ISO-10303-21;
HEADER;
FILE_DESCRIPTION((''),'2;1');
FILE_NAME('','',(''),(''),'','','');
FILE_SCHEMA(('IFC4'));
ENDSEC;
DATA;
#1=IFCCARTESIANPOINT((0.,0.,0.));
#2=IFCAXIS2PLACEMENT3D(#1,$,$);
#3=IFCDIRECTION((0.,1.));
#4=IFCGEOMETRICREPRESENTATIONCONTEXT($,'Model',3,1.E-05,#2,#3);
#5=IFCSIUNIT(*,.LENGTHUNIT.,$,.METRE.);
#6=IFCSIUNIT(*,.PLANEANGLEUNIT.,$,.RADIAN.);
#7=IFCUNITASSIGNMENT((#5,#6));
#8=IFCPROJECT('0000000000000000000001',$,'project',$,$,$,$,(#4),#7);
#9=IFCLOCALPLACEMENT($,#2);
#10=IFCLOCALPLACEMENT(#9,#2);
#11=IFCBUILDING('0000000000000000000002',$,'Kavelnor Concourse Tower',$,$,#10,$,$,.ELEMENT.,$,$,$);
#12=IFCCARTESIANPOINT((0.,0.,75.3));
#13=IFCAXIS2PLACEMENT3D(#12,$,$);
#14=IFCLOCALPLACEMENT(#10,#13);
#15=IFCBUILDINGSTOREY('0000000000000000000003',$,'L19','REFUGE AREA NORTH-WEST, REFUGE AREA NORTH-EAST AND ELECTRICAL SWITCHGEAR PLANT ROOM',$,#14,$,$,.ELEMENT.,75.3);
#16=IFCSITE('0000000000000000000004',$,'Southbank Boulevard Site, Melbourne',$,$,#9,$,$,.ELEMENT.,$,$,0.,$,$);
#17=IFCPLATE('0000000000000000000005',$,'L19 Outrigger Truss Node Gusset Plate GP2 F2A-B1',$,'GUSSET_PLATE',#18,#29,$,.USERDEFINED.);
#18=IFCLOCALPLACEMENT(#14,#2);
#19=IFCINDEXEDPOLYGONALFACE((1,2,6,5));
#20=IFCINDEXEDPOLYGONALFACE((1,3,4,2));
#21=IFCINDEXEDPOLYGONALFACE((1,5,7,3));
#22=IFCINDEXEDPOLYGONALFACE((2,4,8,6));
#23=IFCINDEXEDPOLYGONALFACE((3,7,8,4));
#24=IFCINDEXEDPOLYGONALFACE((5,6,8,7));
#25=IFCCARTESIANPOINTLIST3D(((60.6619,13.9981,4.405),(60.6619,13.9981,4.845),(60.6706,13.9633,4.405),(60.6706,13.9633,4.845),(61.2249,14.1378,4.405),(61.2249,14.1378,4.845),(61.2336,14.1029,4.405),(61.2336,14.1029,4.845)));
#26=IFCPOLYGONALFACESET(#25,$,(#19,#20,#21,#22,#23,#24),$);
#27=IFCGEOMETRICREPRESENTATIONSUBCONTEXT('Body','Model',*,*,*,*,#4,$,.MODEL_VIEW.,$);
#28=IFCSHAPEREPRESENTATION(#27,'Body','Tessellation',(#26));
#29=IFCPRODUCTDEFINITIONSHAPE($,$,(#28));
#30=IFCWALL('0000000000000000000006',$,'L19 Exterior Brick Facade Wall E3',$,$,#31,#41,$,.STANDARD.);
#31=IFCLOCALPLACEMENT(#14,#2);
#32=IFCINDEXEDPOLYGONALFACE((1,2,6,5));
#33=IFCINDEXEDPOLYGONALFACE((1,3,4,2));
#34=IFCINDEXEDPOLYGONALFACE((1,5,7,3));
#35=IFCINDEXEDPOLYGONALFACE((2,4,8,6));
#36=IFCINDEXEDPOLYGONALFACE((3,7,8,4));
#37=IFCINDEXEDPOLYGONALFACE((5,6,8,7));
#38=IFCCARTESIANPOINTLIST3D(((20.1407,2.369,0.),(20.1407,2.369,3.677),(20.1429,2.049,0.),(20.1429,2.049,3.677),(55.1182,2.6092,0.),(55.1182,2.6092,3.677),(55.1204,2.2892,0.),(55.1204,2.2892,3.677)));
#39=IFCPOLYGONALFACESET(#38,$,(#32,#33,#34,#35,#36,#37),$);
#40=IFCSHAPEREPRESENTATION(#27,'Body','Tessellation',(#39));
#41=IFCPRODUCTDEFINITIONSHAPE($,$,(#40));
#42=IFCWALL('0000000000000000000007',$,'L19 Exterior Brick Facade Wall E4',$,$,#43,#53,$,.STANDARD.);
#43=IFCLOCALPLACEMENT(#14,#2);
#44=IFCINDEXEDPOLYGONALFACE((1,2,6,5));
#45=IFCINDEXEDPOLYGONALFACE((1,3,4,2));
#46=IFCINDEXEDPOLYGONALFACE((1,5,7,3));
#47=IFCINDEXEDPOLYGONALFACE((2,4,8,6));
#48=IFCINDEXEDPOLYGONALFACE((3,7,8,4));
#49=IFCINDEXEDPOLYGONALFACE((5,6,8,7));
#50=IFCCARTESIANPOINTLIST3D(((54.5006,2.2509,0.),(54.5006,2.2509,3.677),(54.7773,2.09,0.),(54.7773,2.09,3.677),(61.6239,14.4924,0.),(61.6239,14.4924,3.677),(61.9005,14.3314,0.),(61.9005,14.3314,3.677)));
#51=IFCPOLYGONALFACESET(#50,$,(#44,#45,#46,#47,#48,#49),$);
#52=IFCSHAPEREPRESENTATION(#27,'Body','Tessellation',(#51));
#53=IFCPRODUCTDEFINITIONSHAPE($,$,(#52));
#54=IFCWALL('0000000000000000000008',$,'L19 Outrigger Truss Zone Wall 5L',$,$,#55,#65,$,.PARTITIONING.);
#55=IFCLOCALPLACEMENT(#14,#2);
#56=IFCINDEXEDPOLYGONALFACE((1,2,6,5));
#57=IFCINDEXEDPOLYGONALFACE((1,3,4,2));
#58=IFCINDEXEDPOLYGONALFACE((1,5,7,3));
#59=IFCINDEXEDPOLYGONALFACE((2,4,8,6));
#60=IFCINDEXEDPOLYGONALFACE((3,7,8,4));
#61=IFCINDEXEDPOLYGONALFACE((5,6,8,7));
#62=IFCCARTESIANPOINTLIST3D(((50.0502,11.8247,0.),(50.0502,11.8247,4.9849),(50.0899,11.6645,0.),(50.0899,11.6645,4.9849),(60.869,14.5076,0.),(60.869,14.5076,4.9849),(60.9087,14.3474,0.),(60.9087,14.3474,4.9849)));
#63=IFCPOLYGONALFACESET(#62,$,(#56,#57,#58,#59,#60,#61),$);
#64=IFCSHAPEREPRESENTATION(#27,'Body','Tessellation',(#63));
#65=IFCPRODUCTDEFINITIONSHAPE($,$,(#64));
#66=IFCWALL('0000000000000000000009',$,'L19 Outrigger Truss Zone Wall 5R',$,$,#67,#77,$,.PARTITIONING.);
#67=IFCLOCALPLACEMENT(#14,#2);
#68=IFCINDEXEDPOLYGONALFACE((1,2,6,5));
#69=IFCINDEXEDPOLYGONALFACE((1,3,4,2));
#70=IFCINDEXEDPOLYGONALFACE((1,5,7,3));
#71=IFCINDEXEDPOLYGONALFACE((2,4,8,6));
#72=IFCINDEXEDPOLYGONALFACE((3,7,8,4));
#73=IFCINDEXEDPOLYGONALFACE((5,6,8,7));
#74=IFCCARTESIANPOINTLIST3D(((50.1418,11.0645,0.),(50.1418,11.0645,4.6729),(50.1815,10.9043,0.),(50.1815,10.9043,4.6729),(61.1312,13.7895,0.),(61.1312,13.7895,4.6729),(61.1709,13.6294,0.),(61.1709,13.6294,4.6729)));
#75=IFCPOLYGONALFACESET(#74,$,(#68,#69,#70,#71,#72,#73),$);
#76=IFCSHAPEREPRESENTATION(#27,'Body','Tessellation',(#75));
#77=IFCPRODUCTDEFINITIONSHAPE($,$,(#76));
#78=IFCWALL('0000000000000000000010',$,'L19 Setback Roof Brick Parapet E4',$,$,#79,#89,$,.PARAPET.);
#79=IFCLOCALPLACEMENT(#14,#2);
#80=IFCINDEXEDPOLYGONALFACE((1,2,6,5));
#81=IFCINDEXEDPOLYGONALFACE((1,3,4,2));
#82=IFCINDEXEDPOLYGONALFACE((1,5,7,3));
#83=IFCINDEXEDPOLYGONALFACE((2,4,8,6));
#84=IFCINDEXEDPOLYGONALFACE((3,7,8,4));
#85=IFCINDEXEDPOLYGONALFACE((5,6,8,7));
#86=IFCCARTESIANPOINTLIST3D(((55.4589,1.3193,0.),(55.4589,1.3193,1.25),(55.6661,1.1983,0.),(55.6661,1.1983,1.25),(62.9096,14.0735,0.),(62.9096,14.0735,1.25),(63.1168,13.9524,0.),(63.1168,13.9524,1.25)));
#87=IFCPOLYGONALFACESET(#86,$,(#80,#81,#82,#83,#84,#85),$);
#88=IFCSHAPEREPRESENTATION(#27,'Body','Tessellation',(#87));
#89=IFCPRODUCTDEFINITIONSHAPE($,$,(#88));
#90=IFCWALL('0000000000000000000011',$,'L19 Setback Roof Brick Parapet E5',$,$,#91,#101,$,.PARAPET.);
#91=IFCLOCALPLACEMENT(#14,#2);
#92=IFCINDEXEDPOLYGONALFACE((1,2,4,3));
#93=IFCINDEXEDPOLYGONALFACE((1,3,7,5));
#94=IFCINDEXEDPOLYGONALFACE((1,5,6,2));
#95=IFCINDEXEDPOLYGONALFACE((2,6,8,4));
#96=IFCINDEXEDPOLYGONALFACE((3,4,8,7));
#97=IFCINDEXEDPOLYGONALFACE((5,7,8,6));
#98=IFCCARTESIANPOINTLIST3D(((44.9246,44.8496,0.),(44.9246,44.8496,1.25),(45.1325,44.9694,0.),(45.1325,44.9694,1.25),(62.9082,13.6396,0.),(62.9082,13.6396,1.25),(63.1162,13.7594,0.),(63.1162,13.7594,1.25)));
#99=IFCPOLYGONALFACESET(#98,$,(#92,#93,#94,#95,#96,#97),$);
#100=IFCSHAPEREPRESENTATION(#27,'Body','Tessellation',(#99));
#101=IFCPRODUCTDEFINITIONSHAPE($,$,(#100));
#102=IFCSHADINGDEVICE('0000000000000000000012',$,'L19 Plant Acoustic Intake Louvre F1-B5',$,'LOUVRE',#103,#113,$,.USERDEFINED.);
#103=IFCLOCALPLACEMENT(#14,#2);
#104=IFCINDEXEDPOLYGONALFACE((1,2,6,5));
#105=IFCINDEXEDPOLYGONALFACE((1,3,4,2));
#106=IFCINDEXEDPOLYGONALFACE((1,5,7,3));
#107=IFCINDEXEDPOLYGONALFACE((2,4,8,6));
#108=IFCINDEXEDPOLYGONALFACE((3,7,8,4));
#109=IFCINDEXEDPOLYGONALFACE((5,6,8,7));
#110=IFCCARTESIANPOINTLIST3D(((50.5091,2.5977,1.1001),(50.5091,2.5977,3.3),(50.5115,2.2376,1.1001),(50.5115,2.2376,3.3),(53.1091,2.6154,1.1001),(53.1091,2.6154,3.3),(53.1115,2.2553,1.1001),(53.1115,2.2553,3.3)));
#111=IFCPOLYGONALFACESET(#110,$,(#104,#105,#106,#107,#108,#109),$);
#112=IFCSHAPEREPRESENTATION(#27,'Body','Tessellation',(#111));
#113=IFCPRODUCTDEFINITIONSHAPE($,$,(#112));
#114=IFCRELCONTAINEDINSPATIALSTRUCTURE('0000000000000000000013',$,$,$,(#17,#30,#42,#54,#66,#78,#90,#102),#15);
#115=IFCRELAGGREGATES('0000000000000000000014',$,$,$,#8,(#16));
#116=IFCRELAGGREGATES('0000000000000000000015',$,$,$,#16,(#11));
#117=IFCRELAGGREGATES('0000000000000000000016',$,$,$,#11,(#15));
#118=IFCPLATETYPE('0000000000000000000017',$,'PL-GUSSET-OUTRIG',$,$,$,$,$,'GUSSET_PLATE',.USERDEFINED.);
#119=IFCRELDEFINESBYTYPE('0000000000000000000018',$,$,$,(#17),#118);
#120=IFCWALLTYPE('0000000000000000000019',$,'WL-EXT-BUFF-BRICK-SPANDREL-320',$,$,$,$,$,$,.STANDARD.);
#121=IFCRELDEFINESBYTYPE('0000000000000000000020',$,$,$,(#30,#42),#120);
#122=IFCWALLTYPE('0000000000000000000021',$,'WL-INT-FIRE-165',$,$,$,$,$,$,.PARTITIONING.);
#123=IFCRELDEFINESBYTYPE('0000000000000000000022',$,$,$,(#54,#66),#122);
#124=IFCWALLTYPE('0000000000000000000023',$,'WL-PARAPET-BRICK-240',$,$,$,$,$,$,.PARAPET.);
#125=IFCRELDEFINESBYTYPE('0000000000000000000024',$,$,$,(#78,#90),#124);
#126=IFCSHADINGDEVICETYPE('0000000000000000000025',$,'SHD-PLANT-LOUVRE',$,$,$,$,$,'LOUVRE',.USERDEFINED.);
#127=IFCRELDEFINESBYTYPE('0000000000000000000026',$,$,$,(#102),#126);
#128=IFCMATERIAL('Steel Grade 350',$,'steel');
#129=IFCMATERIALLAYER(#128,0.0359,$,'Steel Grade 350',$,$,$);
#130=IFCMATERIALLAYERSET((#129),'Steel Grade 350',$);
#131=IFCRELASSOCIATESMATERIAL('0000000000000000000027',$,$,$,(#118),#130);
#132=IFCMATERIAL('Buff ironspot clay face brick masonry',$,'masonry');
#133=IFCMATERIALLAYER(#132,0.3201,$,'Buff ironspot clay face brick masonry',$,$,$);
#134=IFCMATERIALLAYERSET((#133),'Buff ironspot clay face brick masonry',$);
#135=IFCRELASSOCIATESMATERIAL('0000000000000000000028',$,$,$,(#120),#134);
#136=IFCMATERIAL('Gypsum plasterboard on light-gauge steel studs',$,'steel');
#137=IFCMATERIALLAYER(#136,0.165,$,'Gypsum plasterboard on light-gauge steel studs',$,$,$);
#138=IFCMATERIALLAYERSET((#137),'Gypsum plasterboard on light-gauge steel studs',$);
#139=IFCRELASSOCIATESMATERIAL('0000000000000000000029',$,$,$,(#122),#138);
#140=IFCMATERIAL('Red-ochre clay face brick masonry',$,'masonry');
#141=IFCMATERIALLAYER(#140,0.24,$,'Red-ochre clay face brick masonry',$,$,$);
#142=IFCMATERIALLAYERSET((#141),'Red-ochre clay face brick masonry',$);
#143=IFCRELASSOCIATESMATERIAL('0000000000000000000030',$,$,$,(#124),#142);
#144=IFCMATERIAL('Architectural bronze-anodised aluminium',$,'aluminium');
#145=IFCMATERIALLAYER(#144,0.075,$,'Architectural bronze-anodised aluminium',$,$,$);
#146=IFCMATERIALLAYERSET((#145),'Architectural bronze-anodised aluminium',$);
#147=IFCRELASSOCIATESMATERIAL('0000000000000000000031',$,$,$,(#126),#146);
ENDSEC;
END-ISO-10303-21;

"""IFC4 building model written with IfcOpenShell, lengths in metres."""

from ifc_helpers import new_model, si_unit, direction, frame, frame_2d, origin, origin_2d, place, context, subcontext, project, spatial, rectangle, extrude, material, layer, layer_set, type_object, element, save


model = new_model("IFC4")

# Units and contexts
model_context = context("Model", 3, precision=1e-05, world=origin(), true_north=direction((0.0, 1.0)))
body_context = subcontext(model_context, "Body", "Model", "MODEL_VIEW")
ifc_project = project(units=[si_unit("LENGTHUNIT", "METRE"), si_unit("PLANEANGLEUNIT", "RADIAN")], contexts=[model_context])

# Site, building, storey
site_placement = place(None, origin())
site = spatial("IfcSite", under=ifc_project, at=site_placement, Name="Southbank Boulevard Site, Melbourne", CompositionType="ELEMENT", RefElevation=0.0)
building_placement = place(site_placement, origin())
building = spatial("IfcBuilding", under=site, at=building_placement, Name="Kavelnor Concourse Tower", CompositionType="ELEMENT")
storey_placement = place(building_placement, frame((0.0, 0.0, 75.3)))
storey = spatial("IfcBuildingStorey", under=building, at=storey_placement, Name="L19", Description="REFUGE AREA NORTH-WEST, REFUGE AREA NORTH-EAST AND ELECTRICAL SWITCHGEAR PLANT ROOM", CompositionType="ELEMENT", Elevation=75.3)

# Shared definitions
ifc_material_1 = material(Name="Steel Grade 350", Category="steel")

# Plate
ifc_layer_1 = layer(ifc_material_1, 0.0359, Name="Steel Grade 350")
ifc_layer_set_1 = layer_set([ifc_layer_1], Name="Steel Grade 350")
plate_type = type_object("IfcPlateType", Name="PL-GUSSET-OUTRIG", ElementType="GUSSET_PLATE", PredefinedType="USERDEFINED", material=ifc_layer_set_1)
for number, where, z_axis, x_axis, name in (
    (1, (60.9478, 14.0505, 4.405), (0.0, 0.0, 1.0), (0.970591, 0.240736, 0.0), "L19 Outrigger Truss Node Gusset Plate GP2 F2A-B1"),
):
    element("IfcPlate", number, at=place(storey_placement, frame(where, z_axis=z_axis, x_axis=x_axis)), inside=storey, type_object=plate_type, Name=name, ObjectType="GUSSET_PLATE", PredefinedType="USERDEFINED", context=body_context, shape_type="SweptSolid", body=[
        extrude(rectangle(XDim=0.5801, YDim=0.0359, at=origin_2d()), origin(), (0.0, 0.0, 1.0), 0.4399),
    ])

# Walls
ifc_material_2 = material(Name="Buff ironspot clay face brick masonry", Category="masonry")
ifc_layer_2 = layer(ifc_material_2, 0.3201, Name="Buff ironspot clay face brick masonry")
ifc_layer_set_2 = layer_set([ifc_layer_2], Name="Buff ironspot clay face brick masonry")
wall_type_1 = type_object("IfcWallType", Name="WL-EXT-BUFF-BRICK-SPANDREL-320", PredefinedType="STANDARD", material=ifc_layer_set_2)
wall_1_placement = place(storey_placement, frame((55.1194, 2.4492, 0.0), z_axis=(0.0, 0.0, 1.0), x_axis=(-0.999976, -0.006868, 0.0)))
element("IfcWall", 2, at=wall_1_placement, inside=storey, type_object=wall_type_1, Name="L19 Exterior Brick Facade Wall E3", PredefinedType="STANDARD", context=body_context, shape_type="SweptSolid", body=[
    extrude(rectangle(XDim=34.9783, YDim=0.3201, at=frame_2d((17.4893, 0.0))), origin(), (0.0, 0.0, 1.0), 3.677),
])
wall_2_placement = place(storey_placement, frame((61.7622, 14.4119, 0.0), z_axis=(0.0, 0.0, 1.0), x_axis=(-0.502946, -0.864318, 0.0)))
element("IfcWall", 3, at=wall_2_placement, inside=storey, type_object=wall_type_1, Name="L19 Exterior Brick Facade Wall E4", PredefinedType="STANDARD", context=body_context, shape_type="SweptSolid", body=[
    extrude(rectangle(XDim=14.1631, YDim=0.3201, at=frame_2d((7.0815, 0.0))), origin(), (0.0, 0.0, 1.0), 3.677),
])
ifc_material_3 = material(Name="Gypsum plasterboard on light-gauge steel studs", Category="steel")
ifc_layer_3 = layer(ifc_material_3, 0.165, Name="Gypsum plasterboard on light-gauge steel studs")
ifc_layer_set_3 = layer_set([ifc_layer_3], Name="Gypsum plasterboard on light-gauge steel studs")
wall_type_2 = type_object("IfcWallType", Name="WL-INT-FIRE-165", PredefinedType="PARTITIONING", material=ifc_layer_set_3)
wall_3_placement = place(storey_placement, frame((50.0701, 11.7446, 0.0), z_axis=(0.0, 0.0, 1.0), x_axis=(0.970602, 0.24069, 0.0)))
element("IfcWall", 4, at=wall_3_placement, inside=storey, type_object=wall_type_2, Name="L19 Outrigger Truss Zone Wall 5L", PredefinedType="PARTITIONING", context=body_context, shape_type="SweptSolid", body=[
    extrude(rectangle(XDim=11.1465, YDim=0.165, at=frame_2d((5.5732, 0.0))), origin(), (0.0, 0.0, 1.0), 4.9849),
])
wall_4_placement = place(storey_placement, frame((50.1616, 10.9844, 0.0), z_axis=(0.0, 0.0, 1.0), x_axis=(0.970604, 0.240683, 0.0)))
element("IfcWall", 5, at=wall_4_placement, inside=storey, type_object=wall_type_2, Name="L19 Outrigger Truss Zone Wall 5R", PredefinedType="PARTITIONING", context=body_context, shape_type="SweptSolid", body=[
    extrude(rectangle(XDim=11.3223, YDim=0.165, at=frame_2d((5.6611, 0.0))), origin(), (0.0, 0.0, 1.0), 4.6729),
])
ifc_material_4 = material(Name="Red-ochre clay face brick masonry", Category="masonry")
ifc_layer_4 = layer(ifc_material_4, 0.24, Name="Red-ochre clay face brick masonry")
ifc_layer_set_4 = layer_set([ifc_layer_4], Name="Red-ochre clay face brick masonry")
wall_type_3 = type_object("IfcWallType", Name="WL-PARAPET-BRICK-240", PredefinedType="PARAPET", material=ifc_layer_set_4)
wall_5_placement = place(storey_placement, frame((55.5625, 1.2588, 0.0), z_axis=(0.0, 0.0, 1.0), x_axis=(0.504415, 0.863462, 0.0)))
element("IfcWall", 6, at=wall_5_placement, inside=storey, type_object=wall_type_3, Name="L19 Setback Roof Brick Parapet E4", PredefinedType="PARAPET", context=body_context, shape_type="SweptSolid", body=[
    extrude(rectangle(XDim=14.771, YDim=0.24, at=frame_2d((7.3855, 0.0))), origin(), (0.0, 0.0, 1.0), 1.25),
])
wall_6_placement = place(storey_placement, frame((63.0122, 13.6995, 0.0), z_axis=(0.0, 0.0, 1.0), x_axis=(-0.499262, 0.866451, 0.0)))
element("IfcWall", 7, at=wall_6_placement, inside=storey, type_object=wall_type_3, Name="L19 Setback Roof Brick Parapet E5", PredefinedType="PARAPET", context=body_context, shape_type="SweptSolid", body=[
    extrude(rectangle(XDim=36.0205, YDim=0.24, at=frame_2d((18.0103, 0.0))), origin(), (0.0, 0.0, 1.0), 1.25),
])

# Shading device
ifc_material_5 = material(Name="Architectural bronze-anodised aluminium", Category="aluminium")
ifc_layer_5 = layer(ifc_material_5, 0.075, Name="Architectural bronze-anodised aluminium")
ifc_layer_set_5 = layer_set([ifc_layer_5], Name="Architectural bronze-anodised aluminium")
shading_device_type = type_object("IfcShadingDeviceType", Name="SHD-PLANT-LOUVRE", ElementType="LOUVRE", PredefinedType="USERDEFINED", material=ifc_layer_set_5)
shading_device_placement = place(storey_placement, frame((51.8103, 2.4265, 1.1001), z_axis=(0.0, 0.0, 1.0), x_axis=(-0.999977, -0.006807, 0.0)))
element("IfcShadingDevice", 8, at=shading_device_placement, inside=storey, type_object=shading_device_type, Name="L19 Plant Acoustic Intake Louvre F1-B5", ObjectType="LOUVRE", PredefinedType="USERDEFINED", context=body_context, shape_type="SweptSolid", body=[
    extrude(rectangle(XDim=2.6001, YDim=0.3601, at=origin_2d()), origin(), (0.0, 0.0, 1.0), 2.2),
])

save(model, "model.ifc")
